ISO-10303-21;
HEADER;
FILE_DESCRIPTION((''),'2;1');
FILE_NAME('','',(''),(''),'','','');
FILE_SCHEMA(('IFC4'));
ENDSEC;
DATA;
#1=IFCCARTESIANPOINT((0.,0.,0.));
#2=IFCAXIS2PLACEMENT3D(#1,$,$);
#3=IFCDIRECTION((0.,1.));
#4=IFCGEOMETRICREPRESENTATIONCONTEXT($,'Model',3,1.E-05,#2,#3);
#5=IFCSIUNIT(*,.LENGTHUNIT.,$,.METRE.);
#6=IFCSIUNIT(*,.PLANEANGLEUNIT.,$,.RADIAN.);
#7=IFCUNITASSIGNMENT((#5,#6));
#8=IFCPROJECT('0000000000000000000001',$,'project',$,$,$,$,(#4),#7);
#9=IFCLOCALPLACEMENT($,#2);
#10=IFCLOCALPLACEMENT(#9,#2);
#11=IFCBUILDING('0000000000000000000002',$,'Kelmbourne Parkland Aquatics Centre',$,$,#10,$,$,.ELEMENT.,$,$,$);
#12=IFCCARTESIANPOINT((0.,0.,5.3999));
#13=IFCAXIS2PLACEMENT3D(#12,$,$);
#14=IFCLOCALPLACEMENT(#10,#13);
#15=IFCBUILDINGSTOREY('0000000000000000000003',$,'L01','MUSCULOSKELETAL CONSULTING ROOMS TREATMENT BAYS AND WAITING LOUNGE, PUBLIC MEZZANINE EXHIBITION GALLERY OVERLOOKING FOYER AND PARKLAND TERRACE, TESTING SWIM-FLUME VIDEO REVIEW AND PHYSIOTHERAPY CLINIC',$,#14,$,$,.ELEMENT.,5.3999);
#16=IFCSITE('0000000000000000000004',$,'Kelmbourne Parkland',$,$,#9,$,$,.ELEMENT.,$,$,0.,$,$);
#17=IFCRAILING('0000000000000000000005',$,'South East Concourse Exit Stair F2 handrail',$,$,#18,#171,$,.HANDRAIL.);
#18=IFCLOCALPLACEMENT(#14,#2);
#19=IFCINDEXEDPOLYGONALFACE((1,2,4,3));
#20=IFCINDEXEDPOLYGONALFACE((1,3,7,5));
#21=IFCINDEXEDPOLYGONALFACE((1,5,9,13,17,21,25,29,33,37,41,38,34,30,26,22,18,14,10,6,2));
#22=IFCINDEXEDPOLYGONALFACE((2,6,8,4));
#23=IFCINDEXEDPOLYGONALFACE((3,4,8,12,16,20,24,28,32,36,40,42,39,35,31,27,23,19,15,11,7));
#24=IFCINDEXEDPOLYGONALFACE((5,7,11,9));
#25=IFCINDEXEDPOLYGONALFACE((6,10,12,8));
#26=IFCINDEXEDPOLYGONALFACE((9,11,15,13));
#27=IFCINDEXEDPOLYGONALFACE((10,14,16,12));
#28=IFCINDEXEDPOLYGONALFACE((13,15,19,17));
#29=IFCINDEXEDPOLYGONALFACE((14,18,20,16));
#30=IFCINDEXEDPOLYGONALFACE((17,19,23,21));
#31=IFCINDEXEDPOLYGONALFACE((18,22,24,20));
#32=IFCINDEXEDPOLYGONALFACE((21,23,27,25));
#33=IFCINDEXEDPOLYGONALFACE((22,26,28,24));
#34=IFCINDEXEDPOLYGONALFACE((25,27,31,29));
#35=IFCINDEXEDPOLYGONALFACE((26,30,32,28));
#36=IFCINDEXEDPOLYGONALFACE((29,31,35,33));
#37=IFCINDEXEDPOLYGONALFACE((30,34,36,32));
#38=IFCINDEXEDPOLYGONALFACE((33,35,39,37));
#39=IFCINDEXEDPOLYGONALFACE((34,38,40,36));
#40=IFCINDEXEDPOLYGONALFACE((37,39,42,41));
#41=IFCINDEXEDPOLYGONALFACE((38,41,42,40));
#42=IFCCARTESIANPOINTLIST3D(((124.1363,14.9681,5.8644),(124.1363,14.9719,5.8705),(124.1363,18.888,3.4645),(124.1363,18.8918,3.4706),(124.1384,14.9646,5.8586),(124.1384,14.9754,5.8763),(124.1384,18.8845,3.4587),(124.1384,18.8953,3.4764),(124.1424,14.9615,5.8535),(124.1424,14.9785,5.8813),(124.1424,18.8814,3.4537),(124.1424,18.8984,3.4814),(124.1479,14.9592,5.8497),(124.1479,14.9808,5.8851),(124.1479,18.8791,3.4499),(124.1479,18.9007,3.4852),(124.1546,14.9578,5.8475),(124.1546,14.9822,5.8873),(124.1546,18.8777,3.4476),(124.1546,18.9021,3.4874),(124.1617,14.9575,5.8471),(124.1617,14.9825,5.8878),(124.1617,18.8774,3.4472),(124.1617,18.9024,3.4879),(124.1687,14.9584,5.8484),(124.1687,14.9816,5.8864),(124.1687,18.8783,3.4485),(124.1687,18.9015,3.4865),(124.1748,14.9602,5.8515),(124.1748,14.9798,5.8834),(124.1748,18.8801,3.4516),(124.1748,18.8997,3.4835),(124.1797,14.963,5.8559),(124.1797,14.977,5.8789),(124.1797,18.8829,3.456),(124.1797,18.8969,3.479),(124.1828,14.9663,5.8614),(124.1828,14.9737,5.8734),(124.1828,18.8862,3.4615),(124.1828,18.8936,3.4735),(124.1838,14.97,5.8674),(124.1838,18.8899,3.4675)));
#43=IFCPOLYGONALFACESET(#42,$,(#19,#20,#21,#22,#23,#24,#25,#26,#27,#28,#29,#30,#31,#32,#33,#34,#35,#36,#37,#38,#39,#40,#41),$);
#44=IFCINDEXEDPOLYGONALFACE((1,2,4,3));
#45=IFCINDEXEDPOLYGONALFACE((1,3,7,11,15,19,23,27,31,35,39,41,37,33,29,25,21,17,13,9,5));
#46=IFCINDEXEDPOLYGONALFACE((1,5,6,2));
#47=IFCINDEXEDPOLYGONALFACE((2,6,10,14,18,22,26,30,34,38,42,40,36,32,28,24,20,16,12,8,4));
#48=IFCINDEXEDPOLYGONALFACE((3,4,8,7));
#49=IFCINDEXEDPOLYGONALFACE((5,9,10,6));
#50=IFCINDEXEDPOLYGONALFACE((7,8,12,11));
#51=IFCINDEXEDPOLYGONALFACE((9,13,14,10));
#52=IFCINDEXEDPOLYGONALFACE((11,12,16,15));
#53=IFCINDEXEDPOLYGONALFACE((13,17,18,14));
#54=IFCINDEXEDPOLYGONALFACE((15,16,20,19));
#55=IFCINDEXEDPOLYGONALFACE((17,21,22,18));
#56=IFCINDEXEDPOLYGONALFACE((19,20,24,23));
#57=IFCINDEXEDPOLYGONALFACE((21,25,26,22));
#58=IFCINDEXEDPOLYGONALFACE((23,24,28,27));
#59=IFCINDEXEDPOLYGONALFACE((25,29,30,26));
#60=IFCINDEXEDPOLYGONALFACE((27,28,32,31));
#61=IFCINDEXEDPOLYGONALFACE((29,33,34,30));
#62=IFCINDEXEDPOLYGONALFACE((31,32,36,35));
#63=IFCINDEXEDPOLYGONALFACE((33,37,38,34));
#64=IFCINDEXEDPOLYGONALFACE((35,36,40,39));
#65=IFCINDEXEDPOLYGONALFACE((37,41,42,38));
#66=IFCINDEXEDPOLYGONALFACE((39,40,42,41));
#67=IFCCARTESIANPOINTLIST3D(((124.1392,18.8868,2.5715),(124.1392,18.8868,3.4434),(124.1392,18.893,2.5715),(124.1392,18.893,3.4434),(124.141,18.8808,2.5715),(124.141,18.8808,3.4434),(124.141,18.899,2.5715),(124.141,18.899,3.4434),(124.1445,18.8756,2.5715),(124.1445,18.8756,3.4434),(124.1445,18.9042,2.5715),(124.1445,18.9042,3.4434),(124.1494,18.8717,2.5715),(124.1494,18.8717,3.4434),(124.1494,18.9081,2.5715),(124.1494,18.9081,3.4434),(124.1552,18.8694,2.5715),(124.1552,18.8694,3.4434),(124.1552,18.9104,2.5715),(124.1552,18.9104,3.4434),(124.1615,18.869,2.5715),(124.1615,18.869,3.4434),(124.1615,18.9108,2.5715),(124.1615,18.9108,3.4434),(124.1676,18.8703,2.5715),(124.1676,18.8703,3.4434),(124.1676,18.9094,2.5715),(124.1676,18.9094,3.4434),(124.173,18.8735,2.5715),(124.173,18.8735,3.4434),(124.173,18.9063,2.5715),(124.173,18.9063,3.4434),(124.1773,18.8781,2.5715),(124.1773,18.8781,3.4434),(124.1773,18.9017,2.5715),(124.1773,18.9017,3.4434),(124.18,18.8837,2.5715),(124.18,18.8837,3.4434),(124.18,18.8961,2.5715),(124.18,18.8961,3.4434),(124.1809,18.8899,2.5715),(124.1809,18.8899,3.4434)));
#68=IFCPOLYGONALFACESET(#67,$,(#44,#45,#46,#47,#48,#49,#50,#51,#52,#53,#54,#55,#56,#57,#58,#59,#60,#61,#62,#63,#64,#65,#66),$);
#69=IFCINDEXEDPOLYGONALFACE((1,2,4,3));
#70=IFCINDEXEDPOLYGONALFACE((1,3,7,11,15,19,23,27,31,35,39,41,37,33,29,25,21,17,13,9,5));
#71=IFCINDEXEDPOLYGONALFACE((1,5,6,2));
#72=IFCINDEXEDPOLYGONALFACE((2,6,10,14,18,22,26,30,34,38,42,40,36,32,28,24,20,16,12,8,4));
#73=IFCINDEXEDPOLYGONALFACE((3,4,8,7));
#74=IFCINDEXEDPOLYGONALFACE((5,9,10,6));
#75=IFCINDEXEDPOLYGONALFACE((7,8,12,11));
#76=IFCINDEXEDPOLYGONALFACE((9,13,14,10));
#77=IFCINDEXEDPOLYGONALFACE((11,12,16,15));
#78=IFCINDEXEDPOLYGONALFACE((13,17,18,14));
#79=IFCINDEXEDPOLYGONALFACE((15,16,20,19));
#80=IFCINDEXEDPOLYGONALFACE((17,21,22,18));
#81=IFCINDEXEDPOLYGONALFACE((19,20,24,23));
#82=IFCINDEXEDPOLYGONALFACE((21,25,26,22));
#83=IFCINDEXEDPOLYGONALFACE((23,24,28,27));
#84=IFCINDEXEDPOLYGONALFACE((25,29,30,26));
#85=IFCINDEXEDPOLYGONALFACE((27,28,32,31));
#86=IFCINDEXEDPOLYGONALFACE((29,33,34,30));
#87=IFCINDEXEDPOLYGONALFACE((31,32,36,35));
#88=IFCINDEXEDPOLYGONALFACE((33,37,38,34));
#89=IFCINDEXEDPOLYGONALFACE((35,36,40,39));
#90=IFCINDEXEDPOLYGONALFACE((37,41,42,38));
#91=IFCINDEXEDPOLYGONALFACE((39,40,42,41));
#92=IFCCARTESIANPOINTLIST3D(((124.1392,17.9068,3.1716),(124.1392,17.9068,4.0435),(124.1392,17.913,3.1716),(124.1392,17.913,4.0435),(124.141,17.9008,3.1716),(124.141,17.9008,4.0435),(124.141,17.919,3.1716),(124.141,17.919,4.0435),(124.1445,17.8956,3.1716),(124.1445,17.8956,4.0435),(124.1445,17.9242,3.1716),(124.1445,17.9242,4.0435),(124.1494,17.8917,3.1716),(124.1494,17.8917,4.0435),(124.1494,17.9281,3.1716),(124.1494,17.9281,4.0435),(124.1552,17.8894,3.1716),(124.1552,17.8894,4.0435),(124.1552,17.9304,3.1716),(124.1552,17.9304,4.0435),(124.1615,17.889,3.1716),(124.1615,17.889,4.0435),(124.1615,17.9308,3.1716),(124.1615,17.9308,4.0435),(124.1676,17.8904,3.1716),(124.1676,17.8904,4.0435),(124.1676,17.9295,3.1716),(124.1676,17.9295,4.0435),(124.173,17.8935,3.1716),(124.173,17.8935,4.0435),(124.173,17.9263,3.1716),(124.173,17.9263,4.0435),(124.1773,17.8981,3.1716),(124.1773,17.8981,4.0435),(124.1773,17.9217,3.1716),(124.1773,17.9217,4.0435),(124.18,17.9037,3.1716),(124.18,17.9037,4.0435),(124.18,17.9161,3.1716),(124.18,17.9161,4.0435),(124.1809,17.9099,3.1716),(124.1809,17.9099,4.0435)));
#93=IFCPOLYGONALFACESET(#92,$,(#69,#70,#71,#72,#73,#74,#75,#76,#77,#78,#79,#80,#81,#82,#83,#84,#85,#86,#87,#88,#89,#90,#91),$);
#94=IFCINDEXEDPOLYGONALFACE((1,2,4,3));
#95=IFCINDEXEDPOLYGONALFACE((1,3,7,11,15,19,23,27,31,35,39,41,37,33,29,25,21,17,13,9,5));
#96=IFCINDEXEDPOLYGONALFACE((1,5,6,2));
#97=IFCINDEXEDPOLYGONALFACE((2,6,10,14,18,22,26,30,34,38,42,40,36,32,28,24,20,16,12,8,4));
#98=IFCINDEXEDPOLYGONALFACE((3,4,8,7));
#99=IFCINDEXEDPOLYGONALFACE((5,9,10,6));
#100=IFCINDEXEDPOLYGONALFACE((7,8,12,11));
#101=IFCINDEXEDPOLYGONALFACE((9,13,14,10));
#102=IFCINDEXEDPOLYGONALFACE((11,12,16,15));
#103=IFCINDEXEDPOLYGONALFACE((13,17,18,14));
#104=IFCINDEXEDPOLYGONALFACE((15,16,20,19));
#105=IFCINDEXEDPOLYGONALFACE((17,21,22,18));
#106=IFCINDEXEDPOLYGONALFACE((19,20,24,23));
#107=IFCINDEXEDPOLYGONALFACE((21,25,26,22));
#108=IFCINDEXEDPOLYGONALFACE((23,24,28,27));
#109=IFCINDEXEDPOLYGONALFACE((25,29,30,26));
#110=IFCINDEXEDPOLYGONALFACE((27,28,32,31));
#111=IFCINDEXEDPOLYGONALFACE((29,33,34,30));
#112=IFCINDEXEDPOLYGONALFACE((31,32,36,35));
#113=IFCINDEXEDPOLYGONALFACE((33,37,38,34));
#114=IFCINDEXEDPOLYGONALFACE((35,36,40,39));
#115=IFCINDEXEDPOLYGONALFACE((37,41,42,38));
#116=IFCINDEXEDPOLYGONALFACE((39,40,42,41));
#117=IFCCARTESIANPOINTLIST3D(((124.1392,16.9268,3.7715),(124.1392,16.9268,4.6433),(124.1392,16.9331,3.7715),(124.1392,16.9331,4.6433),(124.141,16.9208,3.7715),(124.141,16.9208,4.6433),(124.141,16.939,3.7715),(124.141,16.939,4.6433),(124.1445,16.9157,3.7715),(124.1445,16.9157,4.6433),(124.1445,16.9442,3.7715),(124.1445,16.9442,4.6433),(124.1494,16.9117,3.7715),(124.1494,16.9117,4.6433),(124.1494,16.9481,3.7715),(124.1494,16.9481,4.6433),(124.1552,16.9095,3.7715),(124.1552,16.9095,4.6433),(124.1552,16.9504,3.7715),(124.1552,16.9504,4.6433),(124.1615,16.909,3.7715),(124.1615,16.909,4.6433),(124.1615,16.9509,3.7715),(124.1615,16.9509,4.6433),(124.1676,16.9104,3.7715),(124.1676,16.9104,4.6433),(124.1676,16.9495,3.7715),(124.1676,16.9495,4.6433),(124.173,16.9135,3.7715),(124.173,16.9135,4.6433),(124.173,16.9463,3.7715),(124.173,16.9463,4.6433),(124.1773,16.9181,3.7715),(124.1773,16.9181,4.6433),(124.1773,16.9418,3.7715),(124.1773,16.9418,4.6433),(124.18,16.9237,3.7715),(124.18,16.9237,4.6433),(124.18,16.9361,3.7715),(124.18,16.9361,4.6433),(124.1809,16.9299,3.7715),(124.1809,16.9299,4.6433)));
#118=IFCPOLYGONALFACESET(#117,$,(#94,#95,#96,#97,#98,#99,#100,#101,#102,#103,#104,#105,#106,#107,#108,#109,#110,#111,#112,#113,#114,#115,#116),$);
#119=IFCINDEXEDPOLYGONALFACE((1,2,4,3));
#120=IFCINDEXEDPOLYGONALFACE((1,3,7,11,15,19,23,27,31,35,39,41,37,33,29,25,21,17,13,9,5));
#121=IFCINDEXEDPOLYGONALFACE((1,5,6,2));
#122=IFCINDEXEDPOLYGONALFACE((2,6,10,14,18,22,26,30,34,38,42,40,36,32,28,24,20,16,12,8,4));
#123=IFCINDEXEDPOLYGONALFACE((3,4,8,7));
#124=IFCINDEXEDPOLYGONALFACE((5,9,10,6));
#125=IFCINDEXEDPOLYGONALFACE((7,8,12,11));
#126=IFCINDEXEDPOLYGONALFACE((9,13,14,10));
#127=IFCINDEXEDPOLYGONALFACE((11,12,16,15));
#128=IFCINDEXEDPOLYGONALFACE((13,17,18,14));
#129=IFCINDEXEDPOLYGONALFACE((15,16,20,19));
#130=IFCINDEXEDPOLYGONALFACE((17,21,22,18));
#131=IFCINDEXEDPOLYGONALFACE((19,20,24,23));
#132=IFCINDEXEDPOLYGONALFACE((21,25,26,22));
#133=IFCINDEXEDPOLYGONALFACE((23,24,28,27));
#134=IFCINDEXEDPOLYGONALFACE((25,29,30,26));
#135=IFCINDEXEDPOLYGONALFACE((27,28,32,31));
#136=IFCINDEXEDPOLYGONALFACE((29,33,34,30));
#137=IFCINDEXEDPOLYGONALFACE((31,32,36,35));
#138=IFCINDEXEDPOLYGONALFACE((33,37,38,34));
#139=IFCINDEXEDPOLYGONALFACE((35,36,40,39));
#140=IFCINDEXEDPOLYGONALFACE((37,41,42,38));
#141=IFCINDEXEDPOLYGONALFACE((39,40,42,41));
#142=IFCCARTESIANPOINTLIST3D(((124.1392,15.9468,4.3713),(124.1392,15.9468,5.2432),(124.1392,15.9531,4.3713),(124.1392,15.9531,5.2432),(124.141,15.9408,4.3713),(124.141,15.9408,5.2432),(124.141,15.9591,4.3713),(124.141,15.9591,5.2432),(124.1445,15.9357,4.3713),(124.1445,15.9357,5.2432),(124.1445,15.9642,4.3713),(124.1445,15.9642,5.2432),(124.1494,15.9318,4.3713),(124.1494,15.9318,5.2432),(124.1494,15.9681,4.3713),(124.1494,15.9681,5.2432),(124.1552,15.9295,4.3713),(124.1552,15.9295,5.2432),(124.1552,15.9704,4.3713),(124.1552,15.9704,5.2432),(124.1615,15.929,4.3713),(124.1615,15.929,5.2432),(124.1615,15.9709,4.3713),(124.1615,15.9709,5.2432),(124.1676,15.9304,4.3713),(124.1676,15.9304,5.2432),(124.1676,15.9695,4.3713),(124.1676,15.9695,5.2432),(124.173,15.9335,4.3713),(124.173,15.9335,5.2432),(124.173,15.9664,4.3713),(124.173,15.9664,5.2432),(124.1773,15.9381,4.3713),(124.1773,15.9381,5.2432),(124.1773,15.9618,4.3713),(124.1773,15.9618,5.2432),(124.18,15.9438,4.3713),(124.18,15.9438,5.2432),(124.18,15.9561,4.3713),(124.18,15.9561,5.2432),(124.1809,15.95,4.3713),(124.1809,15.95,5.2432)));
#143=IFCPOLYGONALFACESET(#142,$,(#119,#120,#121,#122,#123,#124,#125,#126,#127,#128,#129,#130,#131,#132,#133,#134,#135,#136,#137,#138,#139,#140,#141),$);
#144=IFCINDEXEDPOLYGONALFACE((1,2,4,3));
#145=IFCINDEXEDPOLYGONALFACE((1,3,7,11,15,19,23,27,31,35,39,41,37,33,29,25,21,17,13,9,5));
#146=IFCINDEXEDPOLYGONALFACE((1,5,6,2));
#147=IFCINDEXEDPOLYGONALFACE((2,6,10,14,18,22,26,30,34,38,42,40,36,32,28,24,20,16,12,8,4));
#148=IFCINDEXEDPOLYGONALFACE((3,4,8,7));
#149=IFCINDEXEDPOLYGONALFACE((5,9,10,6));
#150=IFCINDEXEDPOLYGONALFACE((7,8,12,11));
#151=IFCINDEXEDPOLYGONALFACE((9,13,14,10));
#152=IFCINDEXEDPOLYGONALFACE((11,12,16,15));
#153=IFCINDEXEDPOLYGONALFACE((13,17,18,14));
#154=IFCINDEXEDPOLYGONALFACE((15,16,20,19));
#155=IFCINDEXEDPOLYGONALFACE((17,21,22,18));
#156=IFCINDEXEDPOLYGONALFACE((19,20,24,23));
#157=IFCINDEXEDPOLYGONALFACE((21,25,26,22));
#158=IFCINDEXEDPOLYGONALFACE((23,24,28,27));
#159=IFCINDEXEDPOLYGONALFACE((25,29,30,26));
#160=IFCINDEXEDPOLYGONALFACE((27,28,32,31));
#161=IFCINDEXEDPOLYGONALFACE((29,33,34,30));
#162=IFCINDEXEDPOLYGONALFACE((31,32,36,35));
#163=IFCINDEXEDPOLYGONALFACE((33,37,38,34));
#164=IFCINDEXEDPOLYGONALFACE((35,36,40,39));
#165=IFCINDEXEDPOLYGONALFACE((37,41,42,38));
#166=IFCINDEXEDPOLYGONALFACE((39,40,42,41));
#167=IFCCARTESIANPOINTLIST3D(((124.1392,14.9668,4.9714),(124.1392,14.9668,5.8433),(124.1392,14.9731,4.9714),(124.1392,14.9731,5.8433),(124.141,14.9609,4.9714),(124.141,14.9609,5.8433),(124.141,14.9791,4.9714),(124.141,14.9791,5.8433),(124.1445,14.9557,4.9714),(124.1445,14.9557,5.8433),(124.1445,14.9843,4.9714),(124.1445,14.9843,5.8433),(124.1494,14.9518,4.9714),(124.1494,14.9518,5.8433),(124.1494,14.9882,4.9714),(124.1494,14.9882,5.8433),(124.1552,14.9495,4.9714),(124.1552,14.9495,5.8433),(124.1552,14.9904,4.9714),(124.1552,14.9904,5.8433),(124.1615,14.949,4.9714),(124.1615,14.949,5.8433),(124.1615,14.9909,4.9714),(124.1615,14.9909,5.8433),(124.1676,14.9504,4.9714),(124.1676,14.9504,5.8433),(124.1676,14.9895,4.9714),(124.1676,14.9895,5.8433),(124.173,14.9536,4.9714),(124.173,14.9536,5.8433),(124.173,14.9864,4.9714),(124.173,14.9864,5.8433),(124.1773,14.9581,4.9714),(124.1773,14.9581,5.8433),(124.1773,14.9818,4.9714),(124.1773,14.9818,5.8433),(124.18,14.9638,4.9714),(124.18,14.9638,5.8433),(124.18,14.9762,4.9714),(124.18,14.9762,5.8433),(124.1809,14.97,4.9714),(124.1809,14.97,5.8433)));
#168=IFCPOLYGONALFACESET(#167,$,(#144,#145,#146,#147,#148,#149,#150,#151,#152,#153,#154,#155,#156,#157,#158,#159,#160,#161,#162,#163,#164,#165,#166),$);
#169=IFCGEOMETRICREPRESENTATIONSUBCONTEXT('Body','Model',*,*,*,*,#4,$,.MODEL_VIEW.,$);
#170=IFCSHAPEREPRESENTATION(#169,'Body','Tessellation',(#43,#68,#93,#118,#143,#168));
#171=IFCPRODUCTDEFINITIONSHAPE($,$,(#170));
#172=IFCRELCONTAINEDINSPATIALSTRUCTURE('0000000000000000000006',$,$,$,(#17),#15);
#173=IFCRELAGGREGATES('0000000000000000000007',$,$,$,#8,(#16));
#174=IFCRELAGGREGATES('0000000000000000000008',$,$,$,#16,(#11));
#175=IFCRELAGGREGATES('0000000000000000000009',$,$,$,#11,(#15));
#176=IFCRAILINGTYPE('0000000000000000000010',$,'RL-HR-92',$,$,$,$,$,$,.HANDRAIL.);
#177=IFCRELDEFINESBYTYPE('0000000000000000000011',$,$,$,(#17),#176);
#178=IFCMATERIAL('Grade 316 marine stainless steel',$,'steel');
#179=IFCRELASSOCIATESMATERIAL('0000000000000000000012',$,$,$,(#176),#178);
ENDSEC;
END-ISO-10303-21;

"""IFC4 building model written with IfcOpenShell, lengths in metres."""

from ifc_helpers import new_model, si_unit, direction, frame, origin, origin_2d, place, context, subcontext, project, spatial, circle, extrude, material, type_object, element, save


model = new_model("IFC4")

# Units and contexts
model_context = context("Model", 3, precision=1e-05, world=origin(), true_north=direction((0.0, 1.0)))
body_context = subcontext(model_context, "Body", "Model", "MODEL_VIEW")
ifc_project = project(units=[si_unit("LENGTHUNIT", "METRE"), si_unit("PLANEANGLEUNIT", "RADIAN")], contexts=[model_context])

# Site, building, storey
site_placement = place(None, origin())
site = spatial("IfcSite", under=ifc_project, at=site_placement, Name="Kelmbourne Parkland", CompositionType="ELEMENT", RefElevation=0.0)
building_placement = place(site_placement, origin())
building = spatial("IfcBuilding", under=site, at=building_placement, Name="Kelmbourne Parkland Aquatics Centre", CompositionType="ELEMENT")
storey_placement = place(building_placement, frame((0.0, 0.0, 5.3999)))
storey = spatial("IfcBuildingStorey", under=building, at=storey_placement, Name="L01", Description="MUSCULOSKELETAL CONSULTING ROOMS TREATMENT BAYS AND WAITING LOUNGE, PUBLIC MEZZANINE EXHIBITION GALLERY OVERLOOKING FOYER AND PARKLAND TERRACE, TESTING SWIM-FLUME VIDEO REVIEW AND PHYSIOTHERAPY CLINIC", CompositionType="ELEMENT", Elevation=5.3999)

# Railing
ifc_material_1 = material(Name="Grade 316 marine stainless steel", Category="steel")
railing_type_1 = type_object("IfcRailingType", Name="RL-HR-92", PredefinedType="HANDRAIL", material=ifc_material_1)
railing_1_placement = place(storey_placement, frame((124.1599, 18.8899, 2.5715)))
element("IfcRailing", 1, at=railing_1_placement, inside=storey, type_object=railing_type_1, Name="South East Concourse Exit Stair F2 handrail", PredefinedType="HANDRAIL", context=body_context, shape_type="SweptSolid", body=[
    extrude(circle(Radius=0.0239, at=origin_2d()), frame((0.0, 0.0, 0.896), z_axis=(0.0, -0.852856, 0.522146), x_axis=(1.0, 0.0, 0.0)), (0.0, 0.0, 1.0), 4.5962),
    extrude(circle(Radius=0.021, at=origin_2d()), origin(), (0.0, 0.0, 1.0), 0.8718),
    extrude(circle(Radius=0.021, at=origin_2d()), frame((0.0, -0.98, 0.6001)), (0.0, 0.0, 1.0), 0.8718),
    extrude(circle(Radius=0.021, at=origin_2d()), frame((0.0, -1.96, 1.2)), (0.0, 0.0, 1.0), 0.8718),
    extrude(circle(Radius=0.021, at=origin_2d()), frame((0.0, -2.9399, 1.7998)), (0.0, 0.0, 1.0), 0.8718),
    extrude(circle(Radius=0.021, at=origin_2d()), frame((0.0, -3.9199, 2.3999)), (0.0, 0.0, 1.0), 0.8718),
])

save(model, "model.ifc")
